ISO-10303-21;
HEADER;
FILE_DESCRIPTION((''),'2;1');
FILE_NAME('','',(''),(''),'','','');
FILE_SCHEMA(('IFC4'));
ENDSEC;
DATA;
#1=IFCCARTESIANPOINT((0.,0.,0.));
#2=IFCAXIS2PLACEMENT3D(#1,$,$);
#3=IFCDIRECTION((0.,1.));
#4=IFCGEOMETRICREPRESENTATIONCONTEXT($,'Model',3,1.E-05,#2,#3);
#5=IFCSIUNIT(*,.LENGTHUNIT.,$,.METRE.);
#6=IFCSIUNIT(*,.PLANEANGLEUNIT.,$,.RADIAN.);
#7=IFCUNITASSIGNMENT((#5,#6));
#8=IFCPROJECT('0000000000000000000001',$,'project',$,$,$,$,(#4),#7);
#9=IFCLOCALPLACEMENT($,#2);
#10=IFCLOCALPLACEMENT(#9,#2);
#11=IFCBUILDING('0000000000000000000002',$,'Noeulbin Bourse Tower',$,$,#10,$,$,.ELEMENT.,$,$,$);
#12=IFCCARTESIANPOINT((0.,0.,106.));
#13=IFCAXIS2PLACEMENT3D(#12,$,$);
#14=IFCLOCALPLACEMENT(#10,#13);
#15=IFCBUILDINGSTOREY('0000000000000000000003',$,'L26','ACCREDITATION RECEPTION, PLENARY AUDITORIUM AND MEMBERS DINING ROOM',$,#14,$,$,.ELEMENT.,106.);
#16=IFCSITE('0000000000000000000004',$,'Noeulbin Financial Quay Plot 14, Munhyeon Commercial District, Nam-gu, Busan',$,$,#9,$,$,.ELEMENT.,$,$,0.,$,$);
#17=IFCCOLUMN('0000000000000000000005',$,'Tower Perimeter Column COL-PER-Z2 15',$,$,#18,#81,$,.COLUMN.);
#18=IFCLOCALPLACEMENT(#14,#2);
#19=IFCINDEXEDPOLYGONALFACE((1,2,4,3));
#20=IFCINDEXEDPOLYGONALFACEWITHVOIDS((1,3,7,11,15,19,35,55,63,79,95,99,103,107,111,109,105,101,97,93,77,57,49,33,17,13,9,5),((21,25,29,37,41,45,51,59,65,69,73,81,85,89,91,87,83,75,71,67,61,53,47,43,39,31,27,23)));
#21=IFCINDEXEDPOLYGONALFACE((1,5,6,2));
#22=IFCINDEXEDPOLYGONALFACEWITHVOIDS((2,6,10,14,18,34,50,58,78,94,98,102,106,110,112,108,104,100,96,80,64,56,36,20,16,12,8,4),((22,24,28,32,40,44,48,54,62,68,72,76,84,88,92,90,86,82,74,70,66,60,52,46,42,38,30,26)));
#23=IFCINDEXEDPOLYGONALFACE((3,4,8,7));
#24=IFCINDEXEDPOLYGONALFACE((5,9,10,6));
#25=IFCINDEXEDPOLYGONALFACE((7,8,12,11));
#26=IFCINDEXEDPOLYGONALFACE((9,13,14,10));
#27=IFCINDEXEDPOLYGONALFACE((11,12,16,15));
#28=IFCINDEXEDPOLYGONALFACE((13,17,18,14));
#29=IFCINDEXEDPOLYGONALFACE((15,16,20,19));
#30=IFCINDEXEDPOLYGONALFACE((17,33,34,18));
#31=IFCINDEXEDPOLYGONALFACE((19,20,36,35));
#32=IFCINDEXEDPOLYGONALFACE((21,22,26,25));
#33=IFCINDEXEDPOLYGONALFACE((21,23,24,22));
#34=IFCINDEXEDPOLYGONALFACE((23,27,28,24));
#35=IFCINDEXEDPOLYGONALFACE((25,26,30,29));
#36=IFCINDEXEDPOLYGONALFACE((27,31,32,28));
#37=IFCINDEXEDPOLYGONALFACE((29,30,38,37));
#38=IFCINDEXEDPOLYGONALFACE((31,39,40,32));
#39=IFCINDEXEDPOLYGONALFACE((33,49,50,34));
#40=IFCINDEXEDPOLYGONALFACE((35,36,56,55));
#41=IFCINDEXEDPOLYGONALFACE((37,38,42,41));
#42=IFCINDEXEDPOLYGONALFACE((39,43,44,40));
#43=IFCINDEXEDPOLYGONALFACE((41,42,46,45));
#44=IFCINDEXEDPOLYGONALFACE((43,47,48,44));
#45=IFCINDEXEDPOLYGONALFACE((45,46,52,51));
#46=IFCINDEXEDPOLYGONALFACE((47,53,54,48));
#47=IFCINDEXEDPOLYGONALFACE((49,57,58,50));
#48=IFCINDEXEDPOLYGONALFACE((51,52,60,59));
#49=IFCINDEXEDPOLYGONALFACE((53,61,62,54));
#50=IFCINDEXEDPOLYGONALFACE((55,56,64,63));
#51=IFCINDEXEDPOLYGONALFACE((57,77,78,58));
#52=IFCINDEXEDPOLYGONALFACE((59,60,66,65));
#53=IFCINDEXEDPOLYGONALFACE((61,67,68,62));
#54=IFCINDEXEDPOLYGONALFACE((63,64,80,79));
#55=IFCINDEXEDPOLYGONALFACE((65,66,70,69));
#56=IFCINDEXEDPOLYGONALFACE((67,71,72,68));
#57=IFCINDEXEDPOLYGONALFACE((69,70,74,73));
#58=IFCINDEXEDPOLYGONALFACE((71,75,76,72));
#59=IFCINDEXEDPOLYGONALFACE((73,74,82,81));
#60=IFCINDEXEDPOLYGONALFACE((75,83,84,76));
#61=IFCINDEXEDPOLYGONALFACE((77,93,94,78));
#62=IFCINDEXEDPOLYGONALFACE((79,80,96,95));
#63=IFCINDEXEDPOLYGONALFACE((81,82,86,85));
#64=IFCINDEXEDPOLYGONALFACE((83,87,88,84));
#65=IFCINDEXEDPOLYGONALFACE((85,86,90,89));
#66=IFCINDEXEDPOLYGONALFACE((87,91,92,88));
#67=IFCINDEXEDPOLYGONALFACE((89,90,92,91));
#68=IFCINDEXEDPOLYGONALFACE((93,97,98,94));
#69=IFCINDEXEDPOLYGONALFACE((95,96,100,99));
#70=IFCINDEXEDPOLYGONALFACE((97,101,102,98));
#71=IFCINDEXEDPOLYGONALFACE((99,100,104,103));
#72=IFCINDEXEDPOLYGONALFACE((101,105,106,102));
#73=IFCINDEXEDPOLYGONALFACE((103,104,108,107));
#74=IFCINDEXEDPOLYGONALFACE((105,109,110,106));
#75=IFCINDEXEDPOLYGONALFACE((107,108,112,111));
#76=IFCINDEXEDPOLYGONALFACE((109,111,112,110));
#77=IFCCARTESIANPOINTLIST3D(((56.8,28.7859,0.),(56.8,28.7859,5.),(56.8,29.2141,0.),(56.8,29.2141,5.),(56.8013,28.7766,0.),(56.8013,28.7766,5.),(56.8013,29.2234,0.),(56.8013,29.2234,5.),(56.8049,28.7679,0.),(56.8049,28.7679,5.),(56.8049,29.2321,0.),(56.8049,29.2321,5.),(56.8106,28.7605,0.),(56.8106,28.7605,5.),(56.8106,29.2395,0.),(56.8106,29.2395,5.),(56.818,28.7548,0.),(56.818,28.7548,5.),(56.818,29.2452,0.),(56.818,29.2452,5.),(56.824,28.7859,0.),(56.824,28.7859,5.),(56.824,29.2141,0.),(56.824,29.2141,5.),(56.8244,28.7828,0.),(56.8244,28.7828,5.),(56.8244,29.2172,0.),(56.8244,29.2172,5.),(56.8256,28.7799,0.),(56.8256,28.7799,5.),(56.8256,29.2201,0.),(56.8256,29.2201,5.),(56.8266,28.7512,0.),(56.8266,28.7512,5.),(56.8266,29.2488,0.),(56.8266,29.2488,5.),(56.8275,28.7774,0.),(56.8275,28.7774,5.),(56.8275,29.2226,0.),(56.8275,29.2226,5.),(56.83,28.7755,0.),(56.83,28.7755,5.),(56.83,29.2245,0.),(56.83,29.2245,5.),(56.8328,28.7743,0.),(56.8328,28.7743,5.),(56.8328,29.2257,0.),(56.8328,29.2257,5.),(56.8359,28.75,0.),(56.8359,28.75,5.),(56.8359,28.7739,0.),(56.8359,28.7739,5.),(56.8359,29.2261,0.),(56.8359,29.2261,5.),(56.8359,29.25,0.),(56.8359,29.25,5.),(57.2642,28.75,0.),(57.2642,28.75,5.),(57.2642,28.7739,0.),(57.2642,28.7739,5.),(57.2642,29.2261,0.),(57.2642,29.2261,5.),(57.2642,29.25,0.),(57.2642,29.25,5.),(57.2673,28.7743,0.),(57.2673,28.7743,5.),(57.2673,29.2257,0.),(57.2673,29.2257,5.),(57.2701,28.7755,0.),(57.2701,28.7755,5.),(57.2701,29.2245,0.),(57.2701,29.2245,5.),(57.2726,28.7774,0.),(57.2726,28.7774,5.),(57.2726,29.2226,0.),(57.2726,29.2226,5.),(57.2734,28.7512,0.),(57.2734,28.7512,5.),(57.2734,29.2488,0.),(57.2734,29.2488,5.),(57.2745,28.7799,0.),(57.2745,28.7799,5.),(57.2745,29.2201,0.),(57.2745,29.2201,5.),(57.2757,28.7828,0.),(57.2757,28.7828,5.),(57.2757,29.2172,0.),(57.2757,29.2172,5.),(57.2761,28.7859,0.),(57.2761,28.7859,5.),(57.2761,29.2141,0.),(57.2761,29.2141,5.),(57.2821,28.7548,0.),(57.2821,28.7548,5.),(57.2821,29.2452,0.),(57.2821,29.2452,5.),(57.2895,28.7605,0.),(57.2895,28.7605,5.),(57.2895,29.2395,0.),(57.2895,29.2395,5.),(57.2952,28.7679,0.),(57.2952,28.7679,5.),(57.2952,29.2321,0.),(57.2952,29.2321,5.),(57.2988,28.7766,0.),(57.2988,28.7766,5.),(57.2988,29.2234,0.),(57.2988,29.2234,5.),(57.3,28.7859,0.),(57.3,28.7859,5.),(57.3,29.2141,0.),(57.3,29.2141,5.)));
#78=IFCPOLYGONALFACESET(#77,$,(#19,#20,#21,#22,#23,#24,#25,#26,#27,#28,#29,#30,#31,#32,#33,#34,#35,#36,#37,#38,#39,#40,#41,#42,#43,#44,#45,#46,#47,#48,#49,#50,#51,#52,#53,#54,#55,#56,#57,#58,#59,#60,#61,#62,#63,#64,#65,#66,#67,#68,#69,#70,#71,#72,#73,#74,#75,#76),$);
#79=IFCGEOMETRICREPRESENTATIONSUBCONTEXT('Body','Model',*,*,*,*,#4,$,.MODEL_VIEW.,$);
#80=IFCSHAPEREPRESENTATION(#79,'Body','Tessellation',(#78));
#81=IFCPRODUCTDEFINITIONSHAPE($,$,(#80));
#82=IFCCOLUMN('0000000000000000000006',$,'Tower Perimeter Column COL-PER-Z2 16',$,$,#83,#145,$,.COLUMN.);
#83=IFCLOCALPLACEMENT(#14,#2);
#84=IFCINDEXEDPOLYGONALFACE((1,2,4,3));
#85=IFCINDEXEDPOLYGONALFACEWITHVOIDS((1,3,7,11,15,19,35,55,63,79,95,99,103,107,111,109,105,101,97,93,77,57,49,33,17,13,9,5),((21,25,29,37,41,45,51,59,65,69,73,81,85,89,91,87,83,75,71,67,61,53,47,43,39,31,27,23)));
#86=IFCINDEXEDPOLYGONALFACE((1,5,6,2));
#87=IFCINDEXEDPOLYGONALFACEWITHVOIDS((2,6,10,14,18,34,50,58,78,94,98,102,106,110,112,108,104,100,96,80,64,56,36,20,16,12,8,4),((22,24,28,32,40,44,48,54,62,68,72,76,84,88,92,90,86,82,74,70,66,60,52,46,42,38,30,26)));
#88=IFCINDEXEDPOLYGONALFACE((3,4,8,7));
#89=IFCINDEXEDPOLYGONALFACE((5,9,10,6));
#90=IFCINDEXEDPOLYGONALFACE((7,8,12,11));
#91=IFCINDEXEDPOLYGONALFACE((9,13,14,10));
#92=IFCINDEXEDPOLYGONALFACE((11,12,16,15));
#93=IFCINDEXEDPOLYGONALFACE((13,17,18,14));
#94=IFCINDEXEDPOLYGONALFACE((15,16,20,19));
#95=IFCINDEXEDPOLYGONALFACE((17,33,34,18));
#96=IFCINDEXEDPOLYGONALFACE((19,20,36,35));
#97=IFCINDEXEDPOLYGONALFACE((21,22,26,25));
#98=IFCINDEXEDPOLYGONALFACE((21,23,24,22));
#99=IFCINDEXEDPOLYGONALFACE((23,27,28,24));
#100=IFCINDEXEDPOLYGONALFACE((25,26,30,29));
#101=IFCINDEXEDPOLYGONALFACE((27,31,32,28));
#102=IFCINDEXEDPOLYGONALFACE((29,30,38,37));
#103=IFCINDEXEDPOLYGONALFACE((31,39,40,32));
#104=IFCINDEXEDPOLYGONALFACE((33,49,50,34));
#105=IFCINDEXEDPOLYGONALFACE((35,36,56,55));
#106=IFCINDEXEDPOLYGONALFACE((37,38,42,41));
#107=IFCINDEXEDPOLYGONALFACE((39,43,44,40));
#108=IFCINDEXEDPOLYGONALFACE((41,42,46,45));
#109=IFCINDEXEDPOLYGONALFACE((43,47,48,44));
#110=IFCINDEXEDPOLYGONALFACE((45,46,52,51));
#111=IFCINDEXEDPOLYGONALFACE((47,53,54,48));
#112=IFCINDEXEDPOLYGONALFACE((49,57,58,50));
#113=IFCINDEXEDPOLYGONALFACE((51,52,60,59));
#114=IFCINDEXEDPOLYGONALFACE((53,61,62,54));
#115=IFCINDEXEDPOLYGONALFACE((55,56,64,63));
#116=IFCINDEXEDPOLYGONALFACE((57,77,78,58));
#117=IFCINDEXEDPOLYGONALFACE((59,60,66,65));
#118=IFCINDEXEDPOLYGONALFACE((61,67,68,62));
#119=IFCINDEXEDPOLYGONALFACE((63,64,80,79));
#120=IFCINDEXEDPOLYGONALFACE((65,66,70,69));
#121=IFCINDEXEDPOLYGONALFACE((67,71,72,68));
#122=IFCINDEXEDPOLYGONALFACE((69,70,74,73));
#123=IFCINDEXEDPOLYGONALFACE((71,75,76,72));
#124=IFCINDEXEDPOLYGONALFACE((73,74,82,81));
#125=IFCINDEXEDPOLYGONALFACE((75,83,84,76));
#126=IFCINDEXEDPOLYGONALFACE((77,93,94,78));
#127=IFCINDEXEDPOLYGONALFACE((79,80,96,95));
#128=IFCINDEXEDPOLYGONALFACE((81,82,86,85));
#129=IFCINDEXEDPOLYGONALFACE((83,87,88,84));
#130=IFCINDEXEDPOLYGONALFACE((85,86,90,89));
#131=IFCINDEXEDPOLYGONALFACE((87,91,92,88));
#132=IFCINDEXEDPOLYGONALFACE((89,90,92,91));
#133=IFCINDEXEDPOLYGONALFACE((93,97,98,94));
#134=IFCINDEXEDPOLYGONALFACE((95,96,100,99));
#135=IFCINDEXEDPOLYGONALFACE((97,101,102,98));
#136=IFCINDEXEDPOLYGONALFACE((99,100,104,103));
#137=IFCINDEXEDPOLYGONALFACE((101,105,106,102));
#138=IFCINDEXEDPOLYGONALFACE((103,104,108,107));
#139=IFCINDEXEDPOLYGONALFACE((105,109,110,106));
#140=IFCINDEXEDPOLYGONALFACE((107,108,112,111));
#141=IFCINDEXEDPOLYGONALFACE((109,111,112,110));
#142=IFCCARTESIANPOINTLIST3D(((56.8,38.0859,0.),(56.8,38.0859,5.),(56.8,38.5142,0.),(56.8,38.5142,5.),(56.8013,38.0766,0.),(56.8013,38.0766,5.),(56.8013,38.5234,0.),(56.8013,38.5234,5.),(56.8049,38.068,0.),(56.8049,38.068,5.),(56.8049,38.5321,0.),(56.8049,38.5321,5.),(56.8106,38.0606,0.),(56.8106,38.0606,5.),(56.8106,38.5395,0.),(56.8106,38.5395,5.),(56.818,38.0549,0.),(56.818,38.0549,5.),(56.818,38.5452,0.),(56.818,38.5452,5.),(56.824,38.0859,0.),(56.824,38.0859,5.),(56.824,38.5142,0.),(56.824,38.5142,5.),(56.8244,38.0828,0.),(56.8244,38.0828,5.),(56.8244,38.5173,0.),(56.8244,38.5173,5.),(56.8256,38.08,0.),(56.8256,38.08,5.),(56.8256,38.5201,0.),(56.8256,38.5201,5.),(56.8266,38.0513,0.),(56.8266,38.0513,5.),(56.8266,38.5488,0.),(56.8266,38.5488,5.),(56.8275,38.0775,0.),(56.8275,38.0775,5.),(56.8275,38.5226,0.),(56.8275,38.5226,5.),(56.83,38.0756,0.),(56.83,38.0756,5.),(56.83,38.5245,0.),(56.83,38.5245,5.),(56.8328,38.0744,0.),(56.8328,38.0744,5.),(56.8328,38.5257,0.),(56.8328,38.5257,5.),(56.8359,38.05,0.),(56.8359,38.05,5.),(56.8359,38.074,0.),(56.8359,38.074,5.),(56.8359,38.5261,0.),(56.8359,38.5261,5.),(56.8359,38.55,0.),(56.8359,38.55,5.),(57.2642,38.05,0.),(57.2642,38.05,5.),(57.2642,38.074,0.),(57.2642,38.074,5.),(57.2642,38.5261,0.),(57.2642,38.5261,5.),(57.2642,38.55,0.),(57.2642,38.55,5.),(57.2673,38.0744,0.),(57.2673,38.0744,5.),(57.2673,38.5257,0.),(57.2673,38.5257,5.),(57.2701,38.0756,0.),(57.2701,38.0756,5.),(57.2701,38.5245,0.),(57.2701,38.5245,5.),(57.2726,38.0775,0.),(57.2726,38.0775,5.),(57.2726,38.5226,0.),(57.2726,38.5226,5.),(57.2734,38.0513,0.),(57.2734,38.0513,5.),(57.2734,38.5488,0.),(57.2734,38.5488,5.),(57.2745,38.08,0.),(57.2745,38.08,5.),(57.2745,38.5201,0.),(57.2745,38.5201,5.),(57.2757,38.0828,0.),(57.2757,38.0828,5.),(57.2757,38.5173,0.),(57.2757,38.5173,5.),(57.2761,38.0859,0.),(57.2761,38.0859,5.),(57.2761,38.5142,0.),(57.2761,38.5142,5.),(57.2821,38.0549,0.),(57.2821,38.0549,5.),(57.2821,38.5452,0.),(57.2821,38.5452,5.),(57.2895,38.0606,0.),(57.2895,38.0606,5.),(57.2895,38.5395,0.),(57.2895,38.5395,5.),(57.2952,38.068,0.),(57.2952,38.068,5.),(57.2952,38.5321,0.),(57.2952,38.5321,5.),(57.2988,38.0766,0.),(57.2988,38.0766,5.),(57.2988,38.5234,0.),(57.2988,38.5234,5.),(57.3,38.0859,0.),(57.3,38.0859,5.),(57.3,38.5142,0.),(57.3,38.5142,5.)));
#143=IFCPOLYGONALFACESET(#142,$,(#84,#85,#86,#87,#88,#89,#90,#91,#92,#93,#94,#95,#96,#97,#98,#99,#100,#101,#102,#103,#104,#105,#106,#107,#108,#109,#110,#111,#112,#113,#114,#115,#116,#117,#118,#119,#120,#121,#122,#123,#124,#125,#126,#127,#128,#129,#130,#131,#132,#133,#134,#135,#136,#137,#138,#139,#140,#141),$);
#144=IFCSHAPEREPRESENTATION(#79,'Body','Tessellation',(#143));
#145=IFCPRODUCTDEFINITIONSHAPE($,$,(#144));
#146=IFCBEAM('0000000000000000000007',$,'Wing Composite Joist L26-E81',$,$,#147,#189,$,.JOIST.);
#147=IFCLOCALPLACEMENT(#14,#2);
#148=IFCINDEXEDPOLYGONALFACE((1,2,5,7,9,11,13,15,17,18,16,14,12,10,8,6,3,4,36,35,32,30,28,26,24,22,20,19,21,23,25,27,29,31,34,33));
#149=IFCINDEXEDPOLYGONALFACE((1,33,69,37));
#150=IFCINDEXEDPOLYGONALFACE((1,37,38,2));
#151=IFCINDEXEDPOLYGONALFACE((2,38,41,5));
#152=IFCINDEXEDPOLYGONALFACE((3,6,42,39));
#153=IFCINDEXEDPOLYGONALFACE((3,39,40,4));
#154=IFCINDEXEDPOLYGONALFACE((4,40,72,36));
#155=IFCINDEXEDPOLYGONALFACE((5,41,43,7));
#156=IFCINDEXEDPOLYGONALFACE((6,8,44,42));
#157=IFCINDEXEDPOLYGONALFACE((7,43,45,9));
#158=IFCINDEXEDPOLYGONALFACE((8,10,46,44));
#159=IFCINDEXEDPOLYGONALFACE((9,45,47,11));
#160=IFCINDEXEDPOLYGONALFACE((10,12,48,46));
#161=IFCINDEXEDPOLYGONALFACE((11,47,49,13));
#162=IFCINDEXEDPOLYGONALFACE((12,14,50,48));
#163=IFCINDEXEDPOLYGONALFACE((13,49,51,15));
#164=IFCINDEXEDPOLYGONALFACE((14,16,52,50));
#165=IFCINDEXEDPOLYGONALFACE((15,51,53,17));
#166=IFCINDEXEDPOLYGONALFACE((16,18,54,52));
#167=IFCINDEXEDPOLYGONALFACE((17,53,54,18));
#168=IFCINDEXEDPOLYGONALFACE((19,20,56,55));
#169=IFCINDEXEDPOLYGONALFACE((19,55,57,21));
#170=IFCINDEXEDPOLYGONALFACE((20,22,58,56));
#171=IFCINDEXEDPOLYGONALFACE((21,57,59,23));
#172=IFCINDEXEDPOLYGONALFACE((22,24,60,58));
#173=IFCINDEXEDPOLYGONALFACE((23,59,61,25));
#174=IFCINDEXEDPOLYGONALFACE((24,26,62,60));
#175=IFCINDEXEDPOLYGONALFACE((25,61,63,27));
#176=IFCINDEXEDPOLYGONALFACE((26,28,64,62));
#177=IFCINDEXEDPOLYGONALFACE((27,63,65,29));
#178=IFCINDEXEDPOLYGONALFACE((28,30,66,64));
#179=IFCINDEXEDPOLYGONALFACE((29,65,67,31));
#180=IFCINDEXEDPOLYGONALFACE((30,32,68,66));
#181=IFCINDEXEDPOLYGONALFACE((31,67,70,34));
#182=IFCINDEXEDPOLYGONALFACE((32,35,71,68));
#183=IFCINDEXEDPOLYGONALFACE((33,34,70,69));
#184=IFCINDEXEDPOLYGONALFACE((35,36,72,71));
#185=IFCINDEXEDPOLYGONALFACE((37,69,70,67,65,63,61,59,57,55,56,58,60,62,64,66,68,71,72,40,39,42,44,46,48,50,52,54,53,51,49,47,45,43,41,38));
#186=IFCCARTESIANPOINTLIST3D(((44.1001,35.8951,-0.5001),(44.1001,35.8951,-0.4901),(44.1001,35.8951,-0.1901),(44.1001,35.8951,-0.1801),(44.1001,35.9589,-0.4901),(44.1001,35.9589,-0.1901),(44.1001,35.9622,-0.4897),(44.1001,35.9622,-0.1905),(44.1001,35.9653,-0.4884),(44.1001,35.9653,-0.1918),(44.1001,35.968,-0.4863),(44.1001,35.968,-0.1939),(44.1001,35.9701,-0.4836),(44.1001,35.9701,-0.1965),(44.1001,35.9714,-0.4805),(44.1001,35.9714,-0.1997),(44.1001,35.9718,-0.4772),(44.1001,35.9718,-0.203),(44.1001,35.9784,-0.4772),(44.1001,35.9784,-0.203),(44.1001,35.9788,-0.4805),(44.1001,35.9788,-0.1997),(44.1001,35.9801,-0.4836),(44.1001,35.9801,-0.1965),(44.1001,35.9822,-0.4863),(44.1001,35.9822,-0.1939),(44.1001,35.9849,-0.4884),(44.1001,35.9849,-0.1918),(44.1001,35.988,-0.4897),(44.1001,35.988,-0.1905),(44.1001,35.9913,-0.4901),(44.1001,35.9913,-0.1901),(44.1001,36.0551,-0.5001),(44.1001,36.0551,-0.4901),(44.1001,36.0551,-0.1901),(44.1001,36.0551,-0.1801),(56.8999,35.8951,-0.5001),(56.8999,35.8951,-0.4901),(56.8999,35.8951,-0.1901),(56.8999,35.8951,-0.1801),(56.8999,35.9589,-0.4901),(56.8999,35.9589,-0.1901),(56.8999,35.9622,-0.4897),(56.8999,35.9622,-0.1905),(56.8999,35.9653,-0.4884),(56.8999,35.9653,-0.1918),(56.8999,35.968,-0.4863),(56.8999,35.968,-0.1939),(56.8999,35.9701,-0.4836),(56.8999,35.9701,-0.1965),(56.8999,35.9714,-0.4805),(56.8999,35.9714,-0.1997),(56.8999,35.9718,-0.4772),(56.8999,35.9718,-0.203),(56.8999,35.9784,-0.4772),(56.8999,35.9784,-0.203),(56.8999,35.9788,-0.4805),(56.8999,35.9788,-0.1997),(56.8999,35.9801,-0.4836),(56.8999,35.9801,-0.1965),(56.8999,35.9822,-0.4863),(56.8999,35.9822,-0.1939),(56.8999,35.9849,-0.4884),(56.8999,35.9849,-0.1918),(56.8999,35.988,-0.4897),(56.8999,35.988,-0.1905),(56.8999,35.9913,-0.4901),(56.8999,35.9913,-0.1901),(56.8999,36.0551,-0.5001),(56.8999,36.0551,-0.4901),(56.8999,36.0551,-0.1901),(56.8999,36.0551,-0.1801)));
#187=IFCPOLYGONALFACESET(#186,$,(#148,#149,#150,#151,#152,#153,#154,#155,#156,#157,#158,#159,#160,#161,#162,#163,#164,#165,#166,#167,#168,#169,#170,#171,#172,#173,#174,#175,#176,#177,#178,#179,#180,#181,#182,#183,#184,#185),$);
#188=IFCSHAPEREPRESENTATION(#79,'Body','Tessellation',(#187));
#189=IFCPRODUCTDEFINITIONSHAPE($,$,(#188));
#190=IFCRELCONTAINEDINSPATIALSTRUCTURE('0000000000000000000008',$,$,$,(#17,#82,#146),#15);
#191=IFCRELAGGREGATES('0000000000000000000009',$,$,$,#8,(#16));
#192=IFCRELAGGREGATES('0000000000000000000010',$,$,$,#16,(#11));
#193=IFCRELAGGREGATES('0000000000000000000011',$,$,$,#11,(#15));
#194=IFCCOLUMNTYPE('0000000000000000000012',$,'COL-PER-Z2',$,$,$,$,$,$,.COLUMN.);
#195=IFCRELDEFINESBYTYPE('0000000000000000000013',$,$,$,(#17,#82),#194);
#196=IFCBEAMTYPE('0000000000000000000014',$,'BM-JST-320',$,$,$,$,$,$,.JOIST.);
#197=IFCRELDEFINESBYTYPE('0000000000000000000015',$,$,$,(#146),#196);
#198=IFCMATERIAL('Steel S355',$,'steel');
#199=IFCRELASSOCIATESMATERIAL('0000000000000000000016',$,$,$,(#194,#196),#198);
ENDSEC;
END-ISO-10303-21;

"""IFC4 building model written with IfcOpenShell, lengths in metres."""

from ifc_helpers import new_model, si_unit, direction, frame, origin, origin_2d, place, context, subcontext, project, spatial, hollow_rectangle, i_section, extrude, material, material_profile, profile_set, type_object, element, save


model = new_model("IFC4")

# Units and contexts
model_context = context("Model", 3, precision=1e-05, world=origin(), true_north=direction((0.0, 1.0)))
body_context = subcontext(model_context, "Body", "Model", "MODEL_VIEW")
ifc_project = project(units=[si_unit("LENGTHUNIT", "METRE"), si_unit("PLANEANGLEUNIT", "RADIAN")], contexts=[model_context])

# Site, building, storey
site_placement = place(None, origin())
site = spatial("IfcSite", under=ifc_project, at=site_placement, Name="Noeulbin Financial Quay Plot 14, Munhyeon Commercial District, Nam-gu, Busan", CompositionType="ELEMENT", RefElevation=0.0)
building_placement = place(site_placement, origin())
building = spatial("IfcBuilding", under=site, at=building_placement, Name="Noeulbin Bourse Tower", CompositionType="ELEMENT")
storey_placement = place(building_placement, frame((0.0, 0.0, 106.0)))
storey = spatial("IfcBuildingStorey", under=building, at=storey_placement, Name="L26", Description="ACCREDITATION RECEPTION, PLENARY AUDITORIUM AND MEMBERS DINING ROOM", CompositionType="ELEMENT", Elevation=106.0)

# Columns
ifc_material_1 = material(Name="Steel S355", Category="steel")
ifc_material_profile_1 = material_profile(ifc_material_1, hollow_rectangle(XDim=0.5, YDim=0.5, WallThickness=0.0239, InnerFilletRadius=0.012, OuterFilletRadius=0.0359, at=origin_2d()), Name="BOX-500x500x24", Category="LoadBearing")
ifc_profile_set_1 = profile_set([ifc_material_profile_1], Name="Steel S355")
column_type = type_object("IfcColumnType", Name="COL-PER-Z2", PredefinedType="COLUMN", material=ifc_profile_set_1)
for number, where, z_axis, x_axis, name in (
    (1, (57.05, 29.0, 0.0), (0.0, 0.0, 1.0), (1.0, 0.0, 0.0), "Tower Perimeter Column COL-PER-Z2 15"),
    (2, (57.05, 38.3, 0.0), (0.0, 0.0, 1.0), (1.0, 0.0, 0.0), "Tower Perimeter Column COL-PER-Z2 16"),
):
    element("IfcColumn", number, at=place(storey_placement, frame(where, z_axis=z_axis, x_axis=x_axis)), inside=storey, type_object=column_type, Name=name, PredefinedType="COLUMN", context=body_context, shape_type="SweptSolid", body=[
        extrude(hollow_rectangle(XDim=0.5, YDim=0.5, WallThickness=0.0239, InnerFilletRadius=0.012, OuterFilletRadius=0.0359, at=origin_2d()), origin(), (0.0, 0.0, 1.0), 5.0),
    ])

# Beam
ifc_material_profile_2 = material_profile(ifc_material_1, i_section(OverallWidth=0.1599, OverallDepth=0.3201, WebThickness=0.0066, FlangeThickness=0.01, FilletRadius=0.0129, at=origin_2d()), Name="H-320x160x6.5x10", Category="LoadBearing")
ifc_profile_set_2 = profile_set([ifc_material_profile_2], Name="Steel S355")
beam_type_1 = type_object("IfcBeamType", Name="BM-JST-320", PredefinedType="JOIST", material=ifc_profile_set_2)
beam_1_placement = place(storey_placement, frame((44.1001, 35.9751, -0.3401), z_axis=(1.0, 0.0, 0.0), x_axis=(0.0, 1.0, 0.0)))
element("IfcBeam", 3, at=beam_1_placement, inside=storey, type_object=beam_type_1, Name="Wing Composite Joist L26-E81", PredefinedType="JOIST", context=body_context, shape_type="SweptSolid", body=[
    extrude(i_section(OverallWidth=0.1599, OverallDepth=0.3201, WebThickness=0.0066, FlangeThickness=0.01, FilletRadius=0.0129, at=origin_2d()), origin(), (0.0, 0.0, 1.0), 12.7998),
])

save(model, "model.ifc")
